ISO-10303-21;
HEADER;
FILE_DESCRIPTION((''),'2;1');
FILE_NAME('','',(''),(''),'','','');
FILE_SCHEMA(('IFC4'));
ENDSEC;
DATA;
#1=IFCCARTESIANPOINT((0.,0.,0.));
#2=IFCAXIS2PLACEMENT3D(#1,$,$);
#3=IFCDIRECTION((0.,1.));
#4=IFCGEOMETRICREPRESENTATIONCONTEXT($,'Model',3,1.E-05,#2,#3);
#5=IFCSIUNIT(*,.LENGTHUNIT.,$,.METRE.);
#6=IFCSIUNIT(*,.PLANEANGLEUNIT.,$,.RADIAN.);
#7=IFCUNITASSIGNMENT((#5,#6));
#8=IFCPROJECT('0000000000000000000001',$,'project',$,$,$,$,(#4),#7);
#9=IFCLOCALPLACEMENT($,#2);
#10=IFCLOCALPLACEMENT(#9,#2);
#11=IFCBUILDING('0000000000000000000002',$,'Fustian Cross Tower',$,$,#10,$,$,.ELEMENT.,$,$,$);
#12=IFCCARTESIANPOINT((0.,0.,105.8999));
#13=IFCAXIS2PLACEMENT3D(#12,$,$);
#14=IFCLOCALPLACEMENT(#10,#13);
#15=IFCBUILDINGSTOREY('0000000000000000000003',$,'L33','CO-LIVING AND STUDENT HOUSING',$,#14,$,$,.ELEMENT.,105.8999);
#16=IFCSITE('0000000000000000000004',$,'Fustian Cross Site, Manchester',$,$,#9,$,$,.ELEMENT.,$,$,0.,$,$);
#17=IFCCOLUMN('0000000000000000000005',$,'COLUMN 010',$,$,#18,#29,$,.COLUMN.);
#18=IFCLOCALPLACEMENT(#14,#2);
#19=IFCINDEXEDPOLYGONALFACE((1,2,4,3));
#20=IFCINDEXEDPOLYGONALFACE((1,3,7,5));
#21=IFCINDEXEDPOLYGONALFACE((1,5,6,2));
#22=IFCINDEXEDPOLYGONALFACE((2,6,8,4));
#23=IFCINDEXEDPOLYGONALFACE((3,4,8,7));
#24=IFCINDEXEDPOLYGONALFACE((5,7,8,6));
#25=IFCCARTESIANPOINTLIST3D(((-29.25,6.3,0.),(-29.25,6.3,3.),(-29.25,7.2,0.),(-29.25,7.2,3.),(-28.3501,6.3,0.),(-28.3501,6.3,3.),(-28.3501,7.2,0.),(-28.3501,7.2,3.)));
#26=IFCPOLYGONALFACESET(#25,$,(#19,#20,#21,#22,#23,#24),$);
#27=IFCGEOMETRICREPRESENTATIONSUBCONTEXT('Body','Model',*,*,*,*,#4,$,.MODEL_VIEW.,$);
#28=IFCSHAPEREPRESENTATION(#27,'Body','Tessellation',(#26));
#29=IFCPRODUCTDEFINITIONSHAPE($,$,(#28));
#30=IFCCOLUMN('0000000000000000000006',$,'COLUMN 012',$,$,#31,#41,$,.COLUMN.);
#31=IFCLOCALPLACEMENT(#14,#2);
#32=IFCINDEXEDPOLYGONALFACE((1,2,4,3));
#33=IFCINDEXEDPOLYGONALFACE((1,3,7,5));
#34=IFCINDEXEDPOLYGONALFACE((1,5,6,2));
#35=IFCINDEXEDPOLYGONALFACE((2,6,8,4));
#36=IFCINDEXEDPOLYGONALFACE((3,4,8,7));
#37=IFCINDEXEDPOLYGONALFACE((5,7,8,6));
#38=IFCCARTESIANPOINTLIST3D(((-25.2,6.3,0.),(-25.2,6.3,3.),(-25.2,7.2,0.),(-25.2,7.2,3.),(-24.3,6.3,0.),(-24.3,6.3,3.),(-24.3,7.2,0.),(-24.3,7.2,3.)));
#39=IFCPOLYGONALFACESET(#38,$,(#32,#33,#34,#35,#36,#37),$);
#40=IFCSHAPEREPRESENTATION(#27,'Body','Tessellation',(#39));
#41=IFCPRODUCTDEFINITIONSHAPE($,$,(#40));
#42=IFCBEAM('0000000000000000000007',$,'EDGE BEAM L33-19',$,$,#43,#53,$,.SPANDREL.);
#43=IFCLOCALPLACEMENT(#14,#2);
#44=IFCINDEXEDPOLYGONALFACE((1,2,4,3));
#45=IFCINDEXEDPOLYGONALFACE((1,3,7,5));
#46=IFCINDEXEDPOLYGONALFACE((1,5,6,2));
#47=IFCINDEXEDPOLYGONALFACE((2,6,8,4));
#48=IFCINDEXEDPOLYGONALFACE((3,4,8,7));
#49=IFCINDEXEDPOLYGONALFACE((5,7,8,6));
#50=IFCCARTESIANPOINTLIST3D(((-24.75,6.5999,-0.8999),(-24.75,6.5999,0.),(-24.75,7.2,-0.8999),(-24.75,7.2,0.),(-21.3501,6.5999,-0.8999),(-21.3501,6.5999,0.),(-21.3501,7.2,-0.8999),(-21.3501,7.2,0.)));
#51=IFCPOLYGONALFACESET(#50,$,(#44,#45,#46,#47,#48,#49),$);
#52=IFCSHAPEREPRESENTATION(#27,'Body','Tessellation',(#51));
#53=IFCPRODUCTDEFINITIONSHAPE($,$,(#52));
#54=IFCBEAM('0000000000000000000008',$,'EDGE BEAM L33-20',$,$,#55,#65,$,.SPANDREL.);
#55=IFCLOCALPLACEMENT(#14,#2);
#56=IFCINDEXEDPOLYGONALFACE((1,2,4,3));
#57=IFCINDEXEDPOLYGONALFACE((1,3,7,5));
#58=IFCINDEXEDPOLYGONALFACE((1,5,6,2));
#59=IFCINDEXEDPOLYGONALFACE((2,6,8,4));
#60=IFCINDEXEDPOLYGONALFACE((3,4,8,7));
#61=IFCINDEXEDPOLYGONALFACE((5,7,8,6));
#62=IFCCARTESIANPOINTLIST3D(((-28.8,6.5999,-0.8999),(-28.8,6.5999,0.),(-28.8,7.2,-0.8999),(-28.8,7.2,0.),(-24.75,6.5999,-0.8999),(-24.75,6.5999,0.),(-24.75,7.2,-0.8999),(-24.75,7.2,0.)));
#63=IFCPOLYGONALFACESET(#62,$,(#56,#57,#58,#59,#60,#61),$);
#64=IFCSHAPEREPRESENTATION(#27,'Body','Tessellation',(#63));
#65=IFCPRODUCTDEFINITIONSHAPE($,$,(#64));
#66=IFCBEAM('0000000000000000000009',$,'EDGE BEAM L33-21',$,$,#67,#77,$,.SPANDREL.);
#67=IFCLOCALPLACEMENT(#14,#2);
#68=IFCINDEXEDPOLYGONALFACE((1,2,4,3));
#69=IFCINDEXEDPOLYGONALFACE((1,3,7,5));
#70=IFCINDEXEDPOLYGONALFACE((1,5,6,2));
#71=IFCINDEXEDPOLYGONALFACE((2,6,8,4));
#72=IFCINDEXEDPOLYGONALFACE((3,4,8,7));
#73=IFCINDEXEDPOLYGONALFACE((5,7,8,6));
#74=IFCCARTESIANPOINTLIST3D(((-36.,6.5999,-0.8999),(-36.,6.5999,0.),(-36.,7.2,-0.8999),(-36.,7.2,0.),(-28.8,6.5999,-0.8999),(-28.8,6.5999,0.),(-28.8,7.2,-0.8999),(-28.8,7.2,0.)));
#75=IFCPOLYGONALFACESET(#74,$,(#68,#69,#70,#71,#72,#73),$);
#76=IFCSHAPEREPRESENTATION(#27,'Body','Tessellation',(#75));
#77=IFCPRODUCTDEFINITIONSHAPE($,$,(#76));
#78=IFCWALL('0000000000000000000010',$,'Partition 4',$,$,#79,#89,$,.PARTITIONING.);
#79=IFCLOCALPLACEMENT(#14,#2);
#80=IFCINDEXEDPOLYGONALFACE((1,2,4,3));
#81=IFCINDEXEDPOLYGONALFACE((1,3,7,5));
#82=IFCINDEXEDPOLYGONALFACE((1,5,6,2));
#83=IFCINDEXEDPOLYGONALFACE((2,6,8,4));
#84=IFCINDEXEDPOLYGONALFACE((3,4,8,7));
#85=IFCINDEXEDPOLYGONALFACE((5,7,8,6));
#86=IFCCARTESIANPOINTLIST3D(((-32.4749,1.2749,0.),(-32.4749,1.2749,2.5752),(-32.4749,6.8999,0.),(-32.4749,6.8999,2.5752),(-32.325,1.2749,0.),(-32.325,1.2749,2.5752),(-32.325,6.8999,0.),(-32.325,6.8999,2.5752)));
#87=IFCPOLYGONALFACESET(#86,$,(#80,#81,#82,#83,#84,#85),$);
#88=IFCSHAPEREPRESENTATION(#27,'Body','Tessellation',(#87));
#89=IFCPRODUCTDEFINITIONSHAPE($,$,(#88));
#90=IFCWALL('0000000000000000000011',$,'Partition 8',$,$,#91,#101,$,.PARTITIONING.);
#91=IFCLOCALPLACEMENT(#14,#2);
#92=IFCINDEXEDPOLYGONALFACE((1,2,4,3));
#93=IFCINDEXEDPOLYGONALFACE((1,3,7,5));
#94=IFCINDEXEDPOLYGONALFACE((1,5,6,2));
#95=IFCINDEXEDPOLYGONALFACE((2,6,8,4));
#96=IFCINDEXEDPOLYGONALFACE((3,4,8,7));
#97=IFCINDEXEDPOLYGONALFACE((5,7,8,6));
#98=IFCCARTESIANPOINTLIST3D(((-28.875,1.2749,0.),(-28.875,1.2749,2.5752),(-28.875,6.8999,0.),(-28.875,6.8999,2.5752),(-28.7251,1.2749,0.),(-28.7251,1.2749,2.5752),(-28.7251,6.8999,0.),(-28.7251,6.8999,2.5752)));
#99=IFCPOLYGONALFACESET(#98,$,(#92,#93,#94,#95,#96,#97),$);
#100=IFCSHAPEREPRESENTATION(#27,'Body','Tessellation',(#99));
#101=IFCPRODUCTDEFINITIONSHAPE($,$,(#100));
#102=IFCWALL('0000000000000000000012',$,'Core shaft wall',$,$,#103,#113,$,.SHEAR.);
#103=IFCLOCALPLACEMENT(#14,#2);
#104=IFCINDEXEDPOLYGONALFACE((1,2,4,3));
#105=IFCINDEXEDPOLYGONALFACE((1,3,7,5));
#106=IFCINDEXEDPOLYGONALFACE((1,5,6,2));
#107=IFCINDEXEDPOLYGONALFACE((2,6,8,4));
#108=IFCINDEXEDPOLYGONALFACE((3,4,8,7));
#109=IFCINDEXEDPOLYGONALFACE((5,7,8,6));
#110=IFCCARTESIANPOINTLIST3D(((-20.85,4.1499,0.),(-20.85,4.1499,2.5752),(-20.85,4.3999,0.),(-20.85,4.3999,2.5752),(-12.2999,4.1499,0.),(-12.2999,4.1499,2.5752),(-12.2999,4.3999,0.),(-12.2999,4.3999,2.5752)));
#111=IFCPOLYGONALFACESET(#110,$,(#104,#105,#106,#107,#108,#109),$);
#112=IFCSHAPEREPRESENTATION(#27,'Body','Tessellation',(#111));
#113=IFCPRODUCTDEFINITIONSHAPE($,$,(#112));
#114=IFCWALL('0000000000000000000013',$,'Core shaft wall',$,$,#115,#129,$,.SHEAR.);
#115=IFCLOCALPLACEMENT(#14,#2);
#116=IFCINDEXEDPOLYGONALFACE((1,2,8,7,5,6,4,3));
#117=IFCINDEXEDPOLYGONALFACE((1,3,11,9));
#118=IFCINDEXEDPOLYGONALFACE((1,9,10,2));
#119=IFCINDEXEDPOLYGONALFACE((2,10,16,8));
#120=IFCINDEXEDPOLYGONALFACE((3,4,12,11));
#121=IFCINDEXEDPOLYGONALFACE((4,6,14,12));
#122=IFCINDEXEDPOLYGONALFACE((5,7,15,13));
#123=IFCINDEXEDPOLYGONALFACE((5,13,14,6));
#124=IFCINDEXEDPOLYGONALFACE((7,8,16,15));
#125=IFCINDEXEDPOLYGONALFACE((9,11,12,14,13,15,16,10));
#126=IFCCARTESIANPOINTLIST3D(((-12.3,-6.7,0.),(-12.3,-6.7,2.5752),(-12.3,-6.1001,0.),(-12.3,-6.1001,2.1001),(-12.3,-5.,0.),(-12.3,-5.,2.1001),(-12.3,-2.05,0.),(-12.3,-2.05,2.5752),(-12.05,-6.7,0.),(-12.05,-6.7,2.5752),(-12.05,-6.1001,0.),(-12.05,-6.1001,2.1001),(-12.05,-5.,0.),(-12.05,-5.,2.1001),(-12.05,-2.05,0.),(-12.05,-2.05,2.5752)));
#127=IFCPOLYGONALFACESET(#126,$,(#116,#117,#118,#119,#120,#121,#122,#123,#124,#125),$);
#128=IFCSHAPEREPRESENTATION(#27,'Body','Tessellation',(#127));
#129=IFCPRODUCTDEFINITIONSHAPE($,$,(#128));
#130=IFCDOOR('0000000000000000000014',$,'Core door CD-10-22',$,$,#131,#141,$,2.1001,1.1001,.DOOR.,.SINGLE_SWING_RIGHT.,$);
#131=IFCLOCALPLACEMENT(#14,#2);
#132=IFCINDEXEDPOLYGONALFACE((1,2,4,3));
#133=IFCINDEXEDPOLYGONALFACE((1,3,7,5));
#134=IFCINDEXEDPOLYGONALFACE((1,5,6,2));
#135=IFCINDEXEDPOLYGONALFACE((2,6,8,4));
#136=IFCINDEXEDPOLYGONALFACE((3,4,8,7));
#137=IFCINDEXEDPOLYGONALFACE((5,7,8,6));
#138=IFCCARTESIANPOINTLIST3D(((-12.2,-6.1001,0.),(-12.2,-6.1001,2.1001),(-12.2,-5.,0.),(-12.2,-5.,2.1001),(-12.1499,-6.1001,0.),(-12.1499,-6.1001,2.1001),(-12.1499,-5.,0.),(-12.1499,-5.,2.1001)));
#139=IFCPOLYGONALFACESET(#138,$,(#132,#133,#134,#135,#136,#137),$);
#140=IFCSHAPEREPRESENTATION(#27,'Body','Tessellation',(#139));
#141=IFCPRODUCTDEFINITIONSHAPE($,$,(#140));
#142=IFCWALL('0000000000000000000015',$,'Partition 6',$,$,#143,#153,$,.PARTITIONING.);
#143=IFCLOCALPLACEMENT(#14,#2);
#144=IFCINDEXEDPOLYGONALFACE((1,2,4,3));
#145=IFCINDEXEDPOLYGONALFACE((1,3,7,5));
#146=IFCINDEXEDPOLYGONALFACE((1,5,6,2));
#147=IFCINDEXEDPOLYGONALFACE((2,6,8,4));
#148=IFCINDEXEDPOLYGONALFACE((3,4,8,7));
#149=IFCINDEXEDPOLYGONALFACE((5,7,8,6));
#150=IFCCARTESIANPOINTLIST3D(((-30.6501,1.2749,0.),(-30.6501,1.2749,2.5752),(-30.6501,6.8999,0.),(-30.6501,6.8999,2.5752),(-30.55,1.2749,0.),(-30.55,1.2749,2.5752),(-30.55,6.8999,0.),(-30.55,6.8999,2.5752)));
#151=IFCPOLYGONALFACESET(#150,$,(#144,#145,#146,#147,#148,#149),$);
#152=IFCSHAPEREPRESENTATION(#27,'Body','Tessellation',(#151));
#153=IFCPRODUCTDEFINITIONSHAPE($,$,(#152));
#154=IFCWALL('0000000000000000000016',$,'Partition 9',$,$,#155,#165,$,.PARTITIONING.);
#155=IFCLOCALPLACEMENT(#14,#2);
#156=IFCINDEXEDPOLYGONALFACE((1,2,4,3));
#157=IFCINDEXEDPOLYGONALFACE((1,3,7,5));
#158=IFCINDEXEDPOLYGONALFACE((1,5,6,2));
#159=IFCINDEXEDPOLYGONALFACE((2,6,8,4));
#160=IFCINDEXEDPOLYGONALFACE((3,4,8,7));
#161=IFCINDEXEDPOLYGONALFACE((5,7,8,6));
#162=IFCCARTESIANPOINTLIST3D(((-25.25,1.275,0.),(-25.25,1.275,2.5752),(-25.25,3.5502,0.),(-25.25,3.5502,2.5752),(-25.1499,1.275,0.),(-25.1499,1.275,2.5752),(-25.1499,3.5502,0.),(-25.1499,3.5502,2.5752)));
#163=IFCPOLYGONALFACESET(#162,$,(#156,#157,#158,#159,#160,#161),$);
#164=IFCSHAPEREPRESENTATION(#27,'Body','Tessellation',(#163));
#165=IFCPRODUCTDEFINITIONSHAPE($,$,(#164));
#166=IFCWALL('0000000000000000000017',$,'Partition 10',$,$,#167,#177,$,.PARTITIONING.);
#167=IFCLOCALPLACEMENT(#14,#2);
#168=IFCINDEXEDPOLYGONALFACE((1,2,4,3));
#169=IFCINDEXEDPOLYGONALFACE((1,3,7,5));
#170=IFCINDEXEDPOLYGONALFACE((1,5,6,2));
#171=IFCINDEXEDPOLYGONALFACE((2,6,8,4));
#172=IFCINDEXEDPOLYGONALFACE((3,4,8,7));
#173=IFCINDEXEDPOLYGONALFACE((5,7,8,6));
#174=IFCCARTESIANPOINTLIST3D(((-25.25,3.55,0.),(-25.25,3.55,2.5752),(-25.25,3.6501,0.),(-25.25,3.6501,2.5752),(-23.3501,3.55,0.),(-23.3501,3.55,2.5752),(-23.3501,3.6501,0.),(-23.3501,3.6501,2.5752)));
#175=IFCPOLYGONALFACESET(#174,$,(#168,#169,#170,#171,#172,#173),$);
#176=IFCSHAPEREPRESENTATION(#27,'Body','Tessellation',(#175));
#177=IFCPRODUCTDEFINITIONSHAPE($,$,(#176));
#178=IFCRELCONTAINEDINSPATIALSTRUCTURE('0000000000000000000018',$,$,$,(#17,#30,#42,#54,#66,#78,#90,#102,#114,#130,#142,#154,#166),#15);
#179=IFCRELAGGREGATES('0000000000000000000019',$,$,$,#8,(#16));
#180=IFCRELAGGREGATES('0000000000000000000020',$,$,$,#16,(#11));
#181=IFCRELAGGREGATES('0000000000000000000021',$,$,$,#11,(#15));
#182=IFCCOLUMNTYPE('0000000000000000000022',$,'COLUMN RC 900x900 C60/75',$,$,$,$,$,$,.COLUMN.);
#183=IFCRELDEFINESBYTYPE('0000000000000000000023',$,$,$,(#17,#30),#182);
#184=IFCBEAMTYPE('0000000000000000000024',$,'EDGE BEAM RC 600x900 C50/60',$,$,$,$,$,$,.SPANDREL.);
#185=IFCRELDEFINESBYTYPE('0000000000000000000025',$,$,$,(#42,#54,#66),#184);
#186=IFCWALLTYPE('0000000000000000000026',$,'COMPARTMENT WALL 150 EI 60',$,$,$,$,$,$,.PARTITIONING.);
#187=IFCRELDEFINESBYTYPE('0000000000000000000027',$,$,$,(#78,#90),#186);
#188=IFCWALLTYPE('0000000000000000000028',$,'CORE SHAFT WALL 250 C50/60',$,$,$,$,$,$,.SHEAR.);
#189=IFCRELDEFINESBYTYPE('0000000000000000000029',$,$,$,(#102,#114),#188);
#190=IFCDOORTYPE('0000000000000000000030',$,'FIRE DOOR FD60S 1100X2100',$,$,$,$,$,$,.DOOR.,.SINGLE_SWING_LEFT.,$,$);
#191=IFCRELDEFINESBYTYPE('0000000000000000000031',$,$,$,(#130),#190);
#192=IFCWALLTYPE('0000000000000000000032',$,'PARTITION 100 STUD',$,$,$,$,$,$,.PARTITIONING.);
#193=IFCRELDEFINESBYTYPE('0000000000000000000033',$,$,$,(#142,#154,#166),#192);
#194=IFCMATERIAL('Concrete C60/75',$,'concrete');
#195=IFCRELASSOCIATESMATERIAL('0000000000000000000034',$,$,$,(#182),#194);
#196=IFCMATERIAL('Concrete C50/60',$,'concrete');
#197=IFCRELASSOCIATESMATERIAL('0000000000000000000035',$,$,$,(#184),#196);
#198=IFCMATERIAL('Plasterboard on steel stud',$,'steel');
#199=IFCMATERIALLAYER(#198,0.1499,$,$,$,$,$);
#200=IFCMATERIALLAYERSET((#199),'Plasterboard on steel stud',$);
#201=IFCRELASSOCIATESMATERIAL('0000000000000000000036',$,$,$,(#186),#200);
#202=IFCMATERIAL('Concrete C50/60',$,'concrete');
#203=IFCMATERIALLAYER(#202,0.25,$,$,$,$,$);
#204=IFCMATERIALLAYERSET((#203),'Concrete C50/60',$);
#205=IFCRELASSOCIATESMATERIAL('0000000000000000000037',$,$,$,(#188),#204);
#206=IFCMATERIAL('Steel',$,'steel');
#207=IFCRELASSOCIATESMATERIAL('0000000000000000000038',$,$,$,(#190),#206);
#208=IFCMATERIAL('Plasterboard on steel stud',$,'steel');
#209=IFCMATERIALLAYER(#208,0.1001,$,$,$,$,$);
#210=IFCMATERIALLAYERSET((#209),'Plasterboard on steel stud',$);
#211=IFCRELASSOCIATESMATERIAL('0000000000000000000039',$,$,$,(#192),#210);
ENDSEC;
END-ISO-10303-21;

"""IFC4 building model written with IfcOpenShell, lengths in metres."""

from ifc_helpers import new_model, si_unit, direction, frame, frame_2d, origin, origin_2d, place, context, subcontext, project, spatial, rectangle, extrude, material, layer, layer_set, material_profile, profile_set, type_object, element, fill, save


model = new_model("IFC4")

# Units and contexts
model_context = context("Model", 3, precision=1e-05, world=origin(), true_north=direction((0.0, 1.0)))
body_context = subcontext(model_context, "Body", "Model", "MODEL_VIEW")
ifc_project = project(units=[si_unit("LENGTHUNIT", "METRE"), si_unit("PLANEANGLEUNIT", "RADIAN")], contexts=[model_context])

# Site, building, storey
site_placement = place(None, origin())
site = spatial("IfcSite", under=ifc_project, at=site_placement, Name="Fustian Cross Site, Manchester", CompositionType="ELEMENT", RefElevation=0.0)
building_placement = place(site_placement, origin())
building = spatial("IfcBuilding", under=site, at=building_placement, Name="Fustian Cross Tower", CompositionType="ELEMENT")
storey_placement = place(building_placement, frame((0.0, 0.0, 105.8999)))
storey = spatial("IfcBuildingStorey", under=building, at=storey_placement, Name="L33", Description="CO-LIVING AND STUDENT HOUSING", CompositionType="ELEMENT", Elevation=105.8999)

# Columns
ifc_material_1 = material(Name="Concrete C60/75", Category="concrete")
ifc_material_profile_1 = material_profile(ifc_material_1, rectangle(XDim=0.8999, YDim=0.8999, at=origin_2d()), Name="RC 900x900")
ifc_profile_set_1 = profile_set([ifc_material_profile_1], Name="Concrete C60/75")
column_type = type_object("IfcColumnType", Name="COLUMN RC 900x900 C60/75", PredefinedType="COLUMN", material=ifc_profile_set_1)
for number, where, z_axis, x_axis, name in (
    (1, (-28.8, 6.75, 0.0), (0.0, 0.0, 1.0), (1.0, 0.0, 0.0), "COLUMN 010"),
    (2, (-24.75, 6.75, 0.0), (0.0, 0.0, 1.0), (1.0, 0.0, 0.0), "COLUMN 012"),
):
    element("IfcColumn", number, at=place(storey_placement, frame(where, z_axis=z_axis, x_axis=x_axis)), inside=storey, type_object=column_type, Name=name, PredefinedType="COLUMN", context=body_context, shape_type="SweptSolid", body=[
        extrude(rectangle(XDim=0.8999, YDim=0.8999, at=origin_2d()), origin(), (0.0, 0.0, 1.0), 3.0),
    ])

# Beams
ifc_material_2 = material(Name="Concrete C50/60", Category="concrete")
ifc_material_profile_2 = material_profile(ifc_material_2, rectangle(XDim=0.6001, YDim=0.8999, at=origin_2d()), Name="RC 600x900")
ifc_profile_set_2 = profile_set([ifc_material_profile_2], Name="Concrete C50/60")
beam_type = type_object("IfcBeamType", Name="EDGE BEAM RC 600x900 C50/60", PredefinedType="SPANDREL", material=ifc_profile_set_2)
beam_1_placement = place(storey_placement, frame((-21.3501, 6.8999, -0.45), z_axis=(-1.0, 0.0, 0.0), x_axis=(0.0, -1.0, 0.0)))
element("IfcBeam", 3, at=beam_1_placement, inside=storey, type_object=beam_type, Name="EDGE BEAM L33-19", PredefinedType="SPANDREL", context=body_context, shape_type="SweptSolid", body=[
    extrude(rectangle(XDim=0.6001, YDim=0.8999, at=origin_2d()), origin(), (0.0, 0.0, 1.0), 3.3999),
])
beam_2_placement = place(storey_placement, frame((-24.75, 6.8999, -0.45), z_axis=(-1.0, 0.0, 0.0), x_axis=(0.0, -1.0, 0.0)))
element("IfcBeam", 4, at=beam_2_placement, inside=storey, type_object=beam_type, Name="EDGE BEAM L33-20", PredefinedType="SPANDREL", context=body_context, shape_type="SweptSolid", body=[
    extrude(rectangle(XDim=0.6001, YDim=0.8999, at=origin_2d()), origin(), (0.0, 0.0, 1.0), 4.05),
])
beam_3_placement = place(storey_placement, frame((-28.8, 6.8999, -0.45), z_axis=(-1.0, 0.0, 0.0), x_axis=(0.0, -1.0, 0.0)))
element("IfcBeam", 5, at=beam_3_placement, inside=storey, type_object=beam_type, Name="EDGE BEAM L33-21", PredefinedType="SPANDREL", context=body_context, shape_type="SweptSolid", body=[
    extrude(rectangle(XDim=0.6001, YDim=0.8999, at=origin_2d()), origin(), (0.0, 0.0, 1.0), 7.2),
])

# Walls
ifc_material_3 = material(Name="Plasterboard on steel stud", Category="steel")
ifc_layer_1 = layer(ifc_material_3, 0.1499)
ifc_layer_set_1 = layer_set([ifc_layer_1], Name="Plasterboard on steel stud")
wall_type_1 = type_object("IfcWallType", Name="COMPARTMENT WALL 150 EI 60", PredefinedType="PARTITIONING", material=ifc_layer_set_1)
for number, where, z_axis, x_axis, name in (
    (6, (-32.3999, 1.2749, 0.0), (0.0, 0.0, 1.0), (0.0, 1.0, 0.0), "Partition 4"),
    (7, (-28.8, 1.2749, 0.0), (0.0, 0.0, 1.0), (0.0, 1.0, 0.0), "Partition 8"),
):
    element("IfcWall", number, at=place(storey_placement, frame(where, z_axis=z_axis, x_axis=x_axis)), inside=storey, type_object=wall_type_1, Name=name, PredefinedType="PARTITIONING", context=body_context, shape_type="SweptSolid", body=[
        extrude(rectangle(XDim=5.625, YDim=0.1499, at=frame_2d((2.8125, 0.0))), origin(), (0.0, 0.0, 1.0), 2.5752),
    ])
ifc_material_4 = material(Name="Concrete C50/60", Category="concrete")
ifc_layer_2 = layer(ifc_material_4, 0.25)
ifc_layer_set_2 = layer_set([ifc_layer_2], Name="Concrete C50/60")
wall_type_2 = type_object("IfcWallType", Name="CORE SHAFT WALL 250 C50/60", PredefinedType="SHEAR", material=ifc_layer_set_2)
wall_1_placement = place(storey_placement, frame((-12.3, 4.2749, 0.0), z_axis=(0.0, 0.0, 1.0), x_axis=(-1.0, 0.0, 0.0)))
element("IfcWall", 8, at=wall_1_placement, inside=storey, type_object=wall_type_2, Name="Core shaft wall", PredefinedType="SHEAR", context=body_context, shape_type="SweptSolid", body=[
    extrude(rectangle(XDim=8.55, YDim=0.25, at=frame_2d((4.2749, 0.0))), origin(), (0.0, 0.0, 1.0), 2.5752),
])

# Wall, opening, door
wall_2_placement = place(storey_placement, frame((-12.175, -2.05, 0.0), z_axis=(0.0, 0.0, 1.0), x_axis=(0.0, -1.0, 0.0)))
wall_2 = element("IfcWall", 9, at=wall_2_placement, inside=storey, type_object=wall_type_2, Name="Core shaft wall", PredefinedType="SHEAR", context=body_context, shape_type="SweptSolid", body=[
    extrude(rectangle(XDim=4.6499, YDim=0.25, at=frame_2d((2.325, 0.0))), origin(), (0.0, 0.0, 1.0), 2.5752),
])
opening_1_placement = place(wall_2_placement, frame((2.95, 0.0, 0.0)))
opening_1 = element("IfcOpeningElement", 10, at=opening_1_placement, cuts=wall_2, PredefinedType="OPENING", context=body_context, shape_type="SweptSolid", body=[
    extrude(rectangle(XDim=1.1001, YDim=2.1001, at=frame_2d((0.55, 1.05))), frame((0.0, 0.135, 0.0), z_axis=(0.0, -1.0, 0.0), x_axis=(1.0, 0.0, 0.0)), (0.0, 0.0, 1.0), 0.27),
])
ifc_material_5 = material(Name="Steel", Category="steel")
door_type_1 = type_object("IfcDoorType", Name="FIRE DOOR FD60S 1100X2100", OperationType="SINGLE_SWING_LEFT", PredefinedType="DOOR", material=ifc_material_5)
door_1_placement = place(opening_1_placement, frame((1.1001, 0.0, 0.0), z_axis=(0.0, 0.0, 1.0), x_axis=(-1.0, 0.0, 0.0)))
door_1 = element("IfcDoor", 11, at=door_1_placement, inside=storey, type_object=door_type_1, Name="Core door CD-10-22", OperationType="SINGLE_SWING_RIGHT", OverallHeight=2.1001, OverallWidth=1.1001, PredefinedType="DOOR", context=body_context, shape_type="SweptSolid", body=[
    extrude(rectangle(XDim=1.1001, YDim=2.1001, at=frame_2d((0.55, 1.05))), frame((0.0, 0.0249, 0.0), z_axis=(0.0, -1.0, 0.0), x_axis=(1.0, 0.0, 0.0)), (0.0, 0.0, 1.0), 0.05),
])
fill(opening_1, door_1)

# Walls
ifc_material_6 = material(Name="Plasterboard on steel stud", Category="steel")
ifc_layer_3 = layer(ifc_material_6, 0.1001)
ifc_layer_set_3 = layer_set([ifc_layer_3], Name="Plasterboard on steel stud")
wall_type_3 = type_object("IfcWallType", Name="PARTITION 100 STUD", PredefinedType="PARTITIONING", material=ifc_layer_set_3)
wall_3_placement = place(storey_placement, frame((-30.6001, 1.2749, 0.0), z_axis=(0.0, 0.0, 1.0), x_axis=(0.0, 1.0, 0.0)))
element("IfcWall", 12, at=wall_3_placement, inside=storey, type_object=wall_type_3, Name="Partition 6", PredefinedType="PARTITIONING", context=body_context, shape_type="SweptSolid", body=[
    extrude(rectangle(XDim=5.625, YDim=0.1001, at=frame_2d((2.8125, 0.0))), origin(), (0.0, 0.0, 1.0), 2.5752),
])
wall_4_placement = place(storey_placement, frame((-25.2, 1.2749, 0.0), z_axis=(0.0, 0.0, 1.0), x_axis=(0.0, 1.0, 0.0)))
element("IfcWall", 13, at=wall_4_placement, inside=storey, type_object=wall_type_3, Name="Partition 9", PredefinedType="PARTITIONING", context=body_context, shape_type="SweptSolid", body=[
    extrude(rectangle(XDim=2.2751, YDim=0.1001, at=frame_2d((1.1377, 0.0))), origin(), (0.0, 0.0, 1.0), 2.5752),
])
wall_5_placement = place(storey_placement, frame((-25.25, 3.6001, 0.0), z_axis=(0.0, 0.0, 1.0), x_axis=(1.0, 0.0, 0.0)))
element("IfcWall", 14, at=wall_5_placement, inside=storey, type_object=wall_type_3, Name="Partition 10", PredefinedType="PARTITIONING", context=body_context, shape_type="SweptSolid", body=[
    extrude(rectangle(XDim=1.8999, YDim=0.1001, at=frame_2d((0.95, 0.0))), origin(), (0.0, 0.0, 1.0), 2.5752),
])

save(model, "model.ifc")
